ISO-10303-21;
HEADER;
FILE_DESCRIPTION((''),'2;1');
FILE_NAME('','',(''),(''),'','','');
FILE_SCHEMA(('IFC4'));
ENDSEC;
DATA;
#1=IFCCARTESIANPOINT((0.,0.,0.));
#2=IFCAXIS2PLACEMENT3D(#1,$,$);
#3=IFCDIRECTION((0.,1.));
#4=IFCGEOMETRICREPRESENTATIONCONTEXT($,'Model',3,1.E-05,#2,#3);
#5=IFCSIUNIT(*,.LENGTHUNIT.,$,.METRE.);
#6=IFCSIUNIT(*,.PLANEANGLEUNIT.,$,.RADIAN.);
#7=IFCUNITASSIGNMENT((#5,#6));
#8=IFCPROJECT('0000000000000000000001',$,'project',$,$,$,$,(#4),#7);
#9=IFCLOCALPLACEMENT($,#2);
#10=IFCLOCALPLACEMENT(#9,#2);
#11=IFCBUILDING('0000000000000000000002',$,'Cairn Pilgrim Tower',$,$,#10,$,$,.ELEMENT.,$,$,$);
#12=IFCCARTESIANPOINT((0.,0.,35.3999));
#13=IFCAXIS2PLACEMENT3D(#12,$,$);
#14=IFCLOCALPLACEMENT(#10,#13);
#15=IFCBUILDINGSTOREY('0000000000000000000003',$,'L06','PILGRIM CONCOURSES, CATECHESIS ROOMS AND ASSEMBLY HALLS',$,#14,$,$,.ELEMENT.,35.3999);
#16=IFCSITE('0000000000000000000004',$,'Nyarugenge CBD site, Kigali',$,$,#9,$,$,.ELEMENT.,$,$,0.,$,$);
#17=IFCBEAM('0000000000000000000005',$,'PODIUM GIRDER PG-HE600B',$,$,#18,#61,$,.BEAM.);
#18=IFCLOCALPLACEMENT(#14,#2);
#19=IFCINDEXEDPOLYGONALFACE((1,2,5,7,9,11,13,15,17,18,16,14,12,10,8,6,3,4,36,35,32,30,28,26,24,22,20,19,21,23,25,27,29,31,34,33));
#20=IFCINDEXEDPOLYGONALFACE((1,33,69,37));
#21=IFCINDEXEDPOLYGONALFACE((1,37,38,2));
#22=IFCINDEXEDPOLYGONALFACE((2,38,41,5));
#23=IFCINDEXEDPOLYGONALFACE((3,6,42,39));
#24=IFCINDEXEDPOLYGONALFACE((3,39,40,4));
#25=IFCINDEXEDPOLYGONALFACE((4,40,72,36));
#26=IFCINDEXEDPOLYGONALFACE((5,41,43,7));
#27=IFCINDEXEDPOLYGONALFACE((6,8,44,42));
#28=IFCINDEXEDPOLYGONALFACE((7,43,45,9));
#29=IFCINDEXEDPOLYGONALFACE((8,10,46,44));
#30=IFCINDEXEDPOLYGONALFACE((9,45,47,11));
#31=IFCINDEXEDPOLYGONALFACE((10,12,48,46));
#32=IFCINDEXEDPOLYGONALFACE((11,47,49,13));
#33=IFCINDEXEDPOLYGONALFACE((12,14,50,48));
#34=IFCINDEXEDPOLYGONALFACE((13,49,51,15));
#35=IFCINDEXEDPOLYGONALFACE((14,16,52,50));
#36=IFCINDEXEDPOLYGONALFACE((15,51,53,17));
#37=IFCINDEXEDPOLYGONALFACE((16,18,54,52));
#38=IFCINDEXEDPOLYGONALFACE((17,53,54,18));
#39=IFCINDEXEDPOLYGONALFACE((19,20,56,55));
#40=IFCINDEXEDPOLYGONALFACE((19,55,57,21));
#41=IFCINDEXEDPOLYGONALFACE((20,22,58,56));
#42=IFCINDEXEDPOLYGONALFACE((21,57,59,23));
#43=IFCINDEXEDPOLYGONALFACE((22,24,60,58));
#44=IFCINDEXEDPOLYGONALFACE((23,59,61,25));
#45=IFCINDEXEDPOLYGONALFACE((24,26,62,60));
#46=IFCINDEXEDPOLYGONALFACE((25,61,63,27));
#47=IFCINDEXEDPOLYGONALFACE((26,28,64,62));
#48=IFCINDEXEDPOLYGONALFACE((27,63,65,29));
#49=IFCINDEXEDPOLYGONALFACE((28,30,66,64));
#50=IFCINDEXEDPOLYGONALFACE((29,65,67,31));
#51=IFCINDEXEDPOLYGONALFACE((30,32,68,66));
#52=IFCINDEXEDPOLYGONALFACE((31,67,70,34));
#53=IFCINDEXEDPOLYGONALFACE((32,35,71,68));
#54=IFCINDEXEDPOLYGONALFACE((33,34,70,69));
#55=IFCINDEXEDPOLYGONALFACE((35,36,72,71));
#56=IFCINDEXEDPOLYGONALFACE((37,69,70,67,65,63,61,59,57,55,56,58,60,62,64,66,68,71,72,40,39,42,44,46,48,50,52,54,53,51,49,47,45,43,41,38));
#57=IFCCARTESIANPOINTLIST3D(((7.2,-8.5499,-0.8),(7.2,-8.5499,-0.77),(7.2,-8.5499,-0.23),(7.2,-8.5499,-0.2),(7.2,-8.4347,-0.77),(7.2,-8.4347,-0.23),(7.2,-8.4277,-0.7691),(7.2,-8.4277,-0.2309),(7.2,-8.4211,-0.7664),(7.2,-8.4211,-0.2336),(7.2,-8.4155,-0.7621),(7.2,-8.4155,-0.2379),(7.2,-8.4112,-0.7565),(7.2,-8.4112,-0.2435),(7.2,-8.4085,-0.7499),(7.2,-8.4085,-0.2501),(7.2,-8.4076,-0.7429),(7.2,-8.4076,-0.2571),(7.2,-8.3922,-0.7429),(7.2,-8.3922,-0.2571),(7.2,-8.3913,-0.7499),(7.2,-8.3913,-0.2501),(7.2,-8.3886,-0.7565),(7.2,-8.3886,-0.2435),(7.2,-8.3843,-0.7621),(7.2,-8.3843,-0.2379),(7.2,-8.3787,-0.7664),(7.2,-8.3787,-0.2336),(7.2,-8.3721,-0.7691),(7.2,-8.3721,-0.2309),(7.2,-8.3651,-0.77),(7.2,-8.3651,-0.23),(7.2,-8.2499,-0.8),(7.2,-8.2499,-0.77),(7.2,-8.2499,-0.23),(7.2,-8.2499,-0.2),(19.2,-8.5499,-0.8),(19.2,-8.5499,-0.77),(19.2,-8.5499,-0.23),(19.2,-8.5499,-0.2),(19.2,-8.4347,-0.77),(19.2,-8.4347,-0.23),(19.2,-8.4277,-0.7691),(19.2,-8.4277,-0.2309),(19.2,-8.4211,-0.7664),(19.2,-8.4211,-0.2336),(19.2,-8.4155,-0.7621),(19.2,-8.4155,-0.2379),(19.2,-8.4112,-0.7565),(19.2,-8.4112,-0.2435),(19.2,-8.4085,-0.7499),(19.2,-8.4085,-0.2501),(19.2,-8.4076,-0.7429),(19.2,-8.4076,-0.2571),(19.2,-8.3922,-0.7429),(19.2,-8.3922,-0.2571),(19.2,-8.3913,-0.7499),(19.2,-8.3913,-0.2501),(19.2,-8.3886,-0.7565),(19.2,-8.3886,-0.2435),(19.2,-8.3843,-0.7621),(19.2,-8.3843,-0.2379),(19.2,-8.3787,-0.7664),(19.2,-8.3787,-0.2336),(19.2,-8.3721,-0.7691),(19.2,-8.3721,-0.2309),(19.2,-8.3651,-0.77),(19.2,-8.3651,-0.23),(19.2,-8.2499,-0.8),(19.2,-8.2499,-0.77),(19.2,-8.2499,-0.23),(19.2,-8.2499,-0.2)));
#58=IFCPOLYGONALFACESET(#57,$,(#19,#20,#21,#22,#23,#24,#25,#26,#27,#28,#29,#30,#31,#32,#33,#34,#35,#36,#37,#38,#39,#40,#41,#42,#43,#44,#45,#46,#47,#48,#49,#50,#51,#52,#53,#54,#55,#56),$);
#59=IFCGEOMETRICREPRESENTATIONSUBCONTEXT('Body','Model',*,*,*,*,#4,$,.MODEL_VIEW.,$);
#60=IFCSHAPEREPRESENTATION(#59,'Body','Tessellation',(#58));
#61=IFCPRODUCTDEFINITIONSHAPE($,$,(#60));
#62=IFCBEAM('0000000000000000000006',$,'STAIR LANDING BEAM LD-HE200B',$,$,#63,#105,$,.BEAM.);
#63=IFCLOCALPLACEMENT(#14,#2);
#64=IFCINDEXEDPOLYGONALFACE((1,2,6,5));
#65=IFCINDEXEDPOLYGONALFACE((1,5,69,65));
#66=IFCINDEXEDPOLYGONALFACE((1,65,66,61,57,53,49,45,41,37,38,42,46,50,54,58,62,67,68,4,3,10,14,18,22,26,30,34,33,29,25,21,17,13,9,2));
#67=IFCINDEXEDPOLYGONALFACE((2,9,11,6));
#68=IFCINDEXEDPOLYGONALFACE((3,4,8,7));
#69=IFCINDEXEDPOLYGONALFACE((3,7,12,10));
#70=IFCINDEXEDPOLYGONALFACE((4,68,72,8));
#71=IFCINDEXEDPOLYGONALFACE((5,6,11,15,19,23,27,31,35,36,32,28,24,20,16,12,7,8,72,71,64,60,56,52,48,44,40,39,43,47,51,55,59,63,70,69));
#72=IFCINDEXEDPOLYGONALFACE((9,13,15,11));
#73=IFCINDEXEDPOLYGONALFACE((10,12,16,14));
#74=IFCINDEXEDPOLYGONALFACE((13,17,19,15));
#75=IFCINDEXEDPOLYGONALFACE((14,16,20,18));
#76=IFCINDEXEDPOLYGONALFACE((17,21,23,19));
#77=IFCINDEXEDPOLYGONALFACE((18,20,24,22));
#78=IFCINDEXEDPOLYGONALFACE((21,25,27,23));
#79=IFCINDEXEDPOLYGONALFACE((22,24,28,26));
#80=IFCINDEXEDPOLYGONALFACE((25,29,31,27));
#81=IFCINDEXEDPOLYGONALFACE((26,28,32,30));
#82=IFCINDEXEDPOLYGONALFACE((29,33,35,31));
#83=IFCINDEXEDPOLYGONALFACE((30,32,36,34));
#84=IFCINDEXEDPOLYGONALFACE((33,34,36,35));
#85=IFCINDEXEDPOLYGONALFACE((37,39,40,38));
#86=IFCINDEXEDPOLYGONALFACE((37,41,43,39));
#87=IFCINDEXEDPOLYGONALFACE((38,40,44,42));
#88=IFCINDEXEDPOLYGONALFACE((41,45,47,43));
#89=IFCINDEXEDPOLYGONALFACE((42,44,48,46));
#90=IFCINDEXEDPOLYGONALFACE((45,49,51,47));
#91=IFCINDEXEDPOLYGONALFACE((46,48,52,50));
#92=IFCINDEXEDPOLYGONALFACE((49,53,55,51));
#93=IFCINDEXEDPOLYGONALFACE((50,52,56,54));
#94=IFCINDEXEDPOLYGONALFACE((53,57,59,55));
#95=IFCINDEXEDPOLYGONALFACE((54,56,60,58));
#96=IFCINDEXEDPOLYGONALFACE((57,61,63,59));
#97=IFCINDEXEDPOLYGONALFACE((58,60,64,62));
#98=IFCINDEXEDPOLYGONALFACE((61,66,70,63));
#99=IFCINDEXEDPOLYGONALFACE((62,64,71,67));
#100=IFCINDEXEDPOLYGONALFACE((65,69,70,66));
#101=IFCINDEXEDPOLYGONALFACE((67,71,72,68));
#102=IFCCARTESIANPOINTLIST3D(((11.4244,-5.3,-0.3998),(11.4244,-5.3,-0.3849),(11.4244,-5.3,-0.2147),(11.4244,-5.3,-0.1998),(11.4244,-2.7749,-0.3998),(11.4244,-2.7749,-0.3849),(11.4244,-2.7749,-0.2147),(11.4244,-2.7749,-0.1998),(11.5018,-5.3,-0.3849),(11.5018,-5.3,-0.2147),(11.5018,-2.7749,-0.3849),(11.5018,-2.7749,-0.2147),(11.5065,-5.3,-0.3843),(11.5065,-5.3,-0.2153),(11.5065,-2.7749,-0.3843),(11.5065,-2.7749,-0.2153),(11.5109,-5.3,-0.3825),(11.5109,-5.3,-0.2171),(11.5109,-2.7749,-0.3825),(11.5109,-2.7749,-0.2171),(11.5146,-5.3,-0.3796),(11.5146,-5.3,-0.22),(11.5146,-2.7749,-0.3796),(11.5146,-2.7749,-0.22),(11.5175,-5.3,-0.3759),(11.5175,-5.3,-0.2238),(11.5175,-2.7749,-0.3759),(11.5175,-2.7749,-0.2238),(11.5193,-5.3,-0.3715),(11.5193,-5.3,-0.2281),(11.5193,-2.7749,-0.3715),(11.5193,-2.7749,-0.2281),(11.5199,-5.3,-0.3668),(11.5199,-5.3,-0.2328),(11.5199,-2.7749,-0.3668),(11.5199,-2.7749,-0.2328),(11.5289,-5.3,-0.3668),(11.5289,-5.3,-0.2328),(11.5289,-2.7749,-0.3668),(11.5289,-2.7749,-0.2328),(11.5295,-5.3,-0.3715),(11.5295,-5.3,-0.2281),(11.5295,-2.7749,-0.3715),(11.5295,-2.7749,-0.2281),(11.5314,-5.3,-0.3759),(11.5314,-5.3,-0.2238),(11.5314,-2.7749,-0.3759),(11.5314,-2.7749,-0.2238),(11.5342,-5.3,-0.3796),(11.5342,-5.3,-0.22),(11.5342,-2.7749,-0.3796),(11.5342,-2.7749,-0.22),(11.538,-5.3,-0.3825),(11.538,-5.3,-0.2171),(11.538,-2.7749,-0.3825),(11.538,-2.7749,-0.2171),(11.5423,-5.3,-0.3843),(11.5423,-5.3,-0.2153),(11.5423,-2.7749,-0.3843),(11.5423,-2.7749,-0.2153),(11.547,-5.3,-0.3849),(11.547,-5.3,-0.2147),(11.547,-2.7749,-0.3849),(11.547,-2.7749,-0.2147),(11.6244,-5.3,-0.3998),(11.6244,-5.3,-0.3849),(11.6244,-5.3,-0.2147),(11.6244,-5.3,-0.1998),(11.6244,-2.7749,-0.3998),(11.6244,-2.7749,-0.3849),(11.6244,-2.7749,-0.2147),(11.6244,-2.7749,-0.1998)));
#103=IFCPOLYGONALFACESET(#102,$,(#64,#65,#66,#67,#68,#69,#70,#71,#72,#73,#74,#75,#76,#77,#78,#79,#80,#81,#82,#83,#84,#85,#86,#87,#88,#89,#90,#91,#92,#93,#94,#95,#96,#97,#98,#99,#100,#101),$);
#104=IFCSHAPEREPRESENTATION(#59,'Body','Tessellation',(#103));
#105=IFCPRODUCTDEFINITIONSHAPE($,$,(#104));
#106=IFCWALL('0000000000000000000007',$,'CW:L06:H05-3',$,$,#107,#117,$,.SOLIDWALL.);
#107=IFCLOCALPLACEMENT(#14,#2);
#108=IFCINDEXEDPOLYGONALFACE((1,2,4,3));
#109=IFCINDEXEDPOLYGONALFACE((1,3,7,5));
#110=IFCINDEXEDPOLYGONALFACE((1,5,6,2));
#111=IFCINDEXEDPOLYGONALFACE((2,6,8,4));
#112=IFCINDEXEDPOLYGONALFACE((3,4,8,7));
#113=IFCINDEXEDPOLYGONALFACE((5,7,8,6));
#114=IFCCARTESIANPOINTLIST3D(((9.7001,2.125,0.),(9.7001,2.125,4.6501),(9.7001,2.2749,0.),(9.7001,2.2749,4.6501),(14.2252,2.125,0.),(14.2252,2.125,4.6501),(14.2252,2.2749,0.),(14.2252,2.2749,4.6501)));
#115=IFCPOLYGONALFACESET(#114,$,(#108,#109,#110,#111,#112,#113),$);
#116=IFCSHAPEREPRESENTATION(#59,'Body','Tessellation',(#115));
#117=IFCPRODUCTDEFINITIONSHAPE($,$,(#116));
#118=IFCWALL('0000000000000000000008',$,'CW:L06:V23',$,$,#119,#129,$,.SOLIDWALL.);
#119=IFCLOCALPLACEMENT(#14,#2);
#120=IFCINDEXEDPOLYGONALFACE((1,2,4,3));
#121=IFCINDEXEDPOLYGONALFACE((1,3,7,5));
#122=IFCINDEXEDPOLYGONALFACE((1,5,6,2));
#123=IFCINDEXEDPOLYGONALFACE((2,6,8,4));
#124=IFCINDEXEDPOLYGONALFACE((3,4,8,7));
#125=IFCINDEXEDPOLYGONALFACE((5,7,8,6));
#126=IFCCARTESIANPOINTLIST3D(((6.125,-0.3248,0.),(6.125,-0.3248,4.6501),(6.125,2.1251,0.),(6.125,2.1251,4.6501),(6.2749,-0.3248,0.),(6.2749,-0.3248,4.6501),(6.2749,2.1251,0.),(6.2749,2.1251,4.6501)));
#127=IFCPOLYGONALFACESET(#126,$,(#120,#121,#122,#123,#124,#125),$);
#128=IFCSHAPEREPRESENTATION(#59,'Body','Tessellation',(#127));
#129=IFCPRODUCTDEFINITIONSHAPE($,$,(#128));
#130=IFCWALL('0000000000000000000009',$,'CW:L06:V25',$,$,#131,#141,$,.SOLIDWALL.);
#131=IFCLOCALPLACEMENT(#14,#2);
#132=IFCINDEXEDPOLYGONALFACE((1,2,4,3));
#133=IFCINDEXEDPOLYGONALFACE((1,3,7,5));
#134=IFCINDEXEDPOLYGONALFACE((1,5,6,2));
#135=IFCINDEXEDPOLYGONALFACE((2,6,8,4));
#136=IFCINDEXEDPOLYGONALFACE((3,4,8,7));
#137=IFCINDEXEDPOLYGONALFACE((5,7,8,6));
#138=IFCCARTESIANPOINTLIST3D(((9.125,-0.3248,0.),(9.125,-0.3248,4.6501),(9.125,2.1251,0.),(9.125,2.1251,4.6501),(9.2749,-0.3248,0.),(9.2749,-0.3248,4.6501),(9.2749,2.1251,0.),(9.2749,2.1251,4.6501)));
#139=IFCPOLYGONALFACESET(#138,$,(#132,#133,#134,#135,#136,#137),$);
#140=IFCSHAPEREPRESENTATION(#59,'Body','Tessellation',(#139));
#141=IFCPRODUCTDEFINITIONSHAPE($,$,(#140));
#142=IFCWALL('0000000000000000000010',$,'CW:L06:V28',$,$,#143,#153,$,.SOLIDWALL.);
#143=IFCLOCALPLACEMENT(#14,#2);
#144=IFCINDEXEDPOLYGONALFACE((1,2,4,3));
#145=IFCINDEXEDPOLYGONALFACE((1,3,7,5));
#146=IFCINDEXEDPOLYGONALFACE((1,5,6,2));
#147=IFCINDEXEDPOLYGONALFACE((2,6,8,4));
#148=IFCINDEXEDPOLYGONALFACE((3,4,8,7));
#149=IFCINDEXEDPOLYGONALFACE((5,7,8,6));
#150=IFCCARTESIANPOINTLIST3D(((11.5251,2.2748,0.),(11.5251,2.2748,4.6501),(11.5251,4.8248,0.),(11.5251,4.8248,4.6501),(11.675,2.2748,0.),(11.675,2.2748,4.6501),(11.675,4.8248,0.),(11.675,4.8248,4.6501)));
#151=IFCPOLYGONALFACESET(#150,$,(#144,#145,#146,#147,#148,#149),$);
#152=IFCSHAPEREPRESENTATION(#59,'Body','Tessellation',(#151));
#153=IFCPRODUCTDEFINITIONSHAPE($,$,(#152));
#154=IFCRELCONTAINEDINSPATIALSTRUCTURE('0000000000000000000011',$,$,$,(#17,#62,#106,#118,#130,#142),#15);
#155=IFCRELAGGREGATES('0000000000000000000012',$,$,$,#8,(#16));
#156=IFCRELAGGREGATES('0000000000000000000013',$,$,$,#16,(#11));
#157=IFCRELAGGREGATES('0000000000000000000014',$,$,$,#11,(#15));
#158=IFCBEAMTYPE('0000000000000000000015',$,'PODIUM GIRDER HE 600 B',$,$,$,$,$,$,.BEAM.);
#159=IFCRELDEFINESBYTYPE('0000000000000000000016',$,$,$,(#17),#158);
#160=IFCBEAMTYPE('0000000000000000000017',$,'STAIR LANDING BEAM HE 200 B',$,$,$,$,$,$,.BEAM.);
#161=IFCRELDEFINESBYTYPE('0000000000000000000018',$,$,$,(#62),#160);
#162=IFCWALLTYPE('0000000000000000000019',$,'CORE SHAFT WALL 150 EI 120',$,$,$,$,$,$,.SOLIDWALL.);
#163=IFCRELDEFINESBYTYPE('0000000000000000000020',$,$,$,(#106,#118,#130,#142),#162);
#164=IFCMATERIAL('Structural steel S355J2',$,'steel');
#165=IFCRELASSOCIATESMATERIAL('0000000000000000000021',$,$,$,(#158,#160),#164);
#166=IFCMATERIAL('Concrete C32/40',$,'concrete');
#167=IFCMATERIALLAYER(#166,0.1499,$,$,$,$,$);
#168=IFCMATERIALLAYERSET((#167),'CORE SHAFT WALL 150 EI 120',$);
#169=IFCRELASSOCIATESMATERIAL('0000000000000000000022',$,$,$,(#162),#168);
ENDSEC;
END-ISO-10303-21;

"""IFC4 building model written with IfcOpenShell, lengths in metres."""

from ifc_helpers import new_model, si_unit, direction, frame, frame_2d, origin, origin_2d, place, context, subcontext, project, spatial, rectangle, i_section, extrude, material, layer, layer_set, material_profile, profile_set, type_object, element, save


model = new_model("IFC4")

# Units and contexts
model_context = context("Model", 3, precision=1e-05, world=origin(), true_north=direction((0.0, 1.0)))
body_context = subcontext(model_context, "Body", "Model", "MODEL_VIEW")
ifc_project = project(units=[si_unit("LENGTHUNIT", "METRE"), si_unit("PLANEANGLEUNIT", "RADIAN")], contexts=[model_context])

# Site, building, storey
site_placement = place(None, origin())
site = spatial("IfcSite", under=ifc_project, at=site_placement, Name="Nyarugenge CBD site, Kigali", CompositionType="ELEMENT", RefElevation=0.0)
building_placement = place(site_placement, origin())
building = spatial("IfcBuilding", under=site, at=building_placement, Name="Cairn Pilgrim Tower", CompositionType="ELEMENT")
storey_placement = place(building_placement, frame((0.0, 0.0, 35.3999)))
storey = spatial("IfcBuildingStorey", under=building, at=storey_placement, Name="L06", Description="PILGRIM CONCOURSES, CATECHESIS ROOMS AND ASSEMBLY HALLS", CompositionType="ELEMENT", Elevation=35.3999)

# Beams
ifc_material_1 = material(Name="Structural steel S355J2", Category="steel")
ifc_material_profile_1 = material_profile(ifc_material_1, i_section(OverallWidth=0.3, OverallDepth=0.6001, WebThickness=0.0154, FlangeThickness=0.03, FilletRadius=0.0271, at=origin_2d()), Name="HEB 600")
ifc_profile_set_1 = profile_set([ifc_material_profile_1], Name="Structural steel S355J2")
beam_type_1 = type_object("IfcBeamType", Name="PODIUM GIRDER HE 600 B", PredefinedType="BEAM", material=ifc_profile_set_1)
beam_1_placement = place(storey_placement, frame((7.2, -8.3999, -0.5), z_axis=(1.0, 0.0, 0.0), x_axis=(0.0, 1.0, 0.0)))
element("IfcBeam", 1, at=beam_1_placement, inside=storey, type_object=beam_type_1, Name="PODIUM GIRDER PG-HE600B", PredefinedType="BEAM", context=body_context, shape_type="SweptSolid", body=[
    extrude(i_section(OverallWidth=0.3, OverallDepth=0.6001, WebThickness=0.0154, FlangeThickness=0.03, FilletRadius=0.0271, at=origin_2d()), origin(), (0.0, 0.0, 1.0), 12.0),
])
ifc_material_profile_2 = material_profile(ifc_material_1, i_section(OverallWidth=0.2, OverallDepth=0.2, WebThickness=0.009, FlangeThickness=0.0149, FilletRadius=0.0181, at=origin_2d()), Name="HE 200 B")
ifc_profile_set_2 = profile_set([ifc_material_profile_2], Name="Structural steel S355J2")
beam_type_2 = type_object("IfcBeamType", Name="STAIR LANDING BEAM HE 200 B", PredefinedType="BEAM", material=ifc_profile_set_2)
beam_2_placement = place(storey_placement, frame((11.5244, -2.7749, -0.2998), z_axis=(0.0, -1.0, 0.0), x_axis=(1.0, 0.0, 0.0)))
element("IfcBeam", 2, at=beam_2_placement, inside=storey, type_object=beam_type_2, Name="STAIR LANDING BEAM LD-HE200B", PredefinedType="BEAM", context=body_context, shape_type="SweptSolid", body=[
    extrude(i_section(OverallWidth=0.2, OverallDepth=0.2, WebThickness=0.009, FlangeThickness=0.0149, FilletRadius=0.0181, at=origin_2d()), origin(), (0.0, 0.0, 1.0), 2.5251),
])

# Walls
ifc_material_2 = material(Name="Concrete C32/40", Category="concrete")
ifc_layer_1 = layer(ifc_material_2, 0.1499)
ifc_layer_set_1 = layer_set([ifc_layer_1], Name="CORE SHAFT WALL 150 EI 120")
wall_type_1 = type_object("IfcWallType", Name="CORE SHAFT WALL 150 EI 120", PredefinedType="SOLIDWALL", material=ifc_layer_set_1)
wall_1_placement = place(storey_placement, frame((9.7, 2.2, 0.0), z_axis=(0.0, 0.0, 1.0), x_axis=(1.0, 0.0, 0.0)))
element("IfcWall", 3, at=wall_1_placement, inside=storey, type_object=wall_type_1, Name="CW:L06:H05-3", PredefinedType="SOLIDWALL", context=body_context, shape_type="SweptSolid", body=[
    extrude(rectangle(XDim=4.5251, YDim=0.1499, at=frame_2d((2.2627, 0.0))), origin(), (0.0, 0.0, 1.0), 4.6501),
])
for number, where, z_axis, x_axis, name in (
    (4, (6.2, -0.325, 0.0), (0.0, 0.0, 1.0), (0.0, 1.0, 0.0), "CW:L06:V23"),
    (5, (9.2, -0.325, 0.0), (0.0, 0.0, 1.0), (0.0, 1.0, 0.0), "CW:L06:V25"),
):
    element("IfcWall", number, at=place(storey_placement, frame(where, z_axis=z_axis, x_axis=x_axis)), inside=storey, type_object=wall_type_1, Name=name, PredefinedType="SOLIDWALL", context=body_context, shape_type="SweptSolid", body=[
        extrude(rectangle(XDim=2.45, YDim=0.1499, at=frame_2d((1.2251, 0.0))), origin(), (0.0, 0.0, 1.0), 4.6501),
    ])
wall_2_placement = place(storey_placement, frame((11.6001, 2.2749, 0.0), z_axis=(0.0, 0.0, 1.0), x_axis=(0.0, 1.0, 0.0)))
element("IfcWall", 6, at=wall_2_placement, inside=storey, type_object=wall_type_1, Name="CW:L06:V28", PredefinedType="SOLIDWALL", context=body_context, shape_type="SweptSolid", body=[
    extrude(rectangle(XDim=2.55, YDim=0.1499, at=frame_2d((1.2749, 0.0))), origin(), (0.0, 0.0, 1.0), 4.6501),
])

save(model, "model.ifc")
